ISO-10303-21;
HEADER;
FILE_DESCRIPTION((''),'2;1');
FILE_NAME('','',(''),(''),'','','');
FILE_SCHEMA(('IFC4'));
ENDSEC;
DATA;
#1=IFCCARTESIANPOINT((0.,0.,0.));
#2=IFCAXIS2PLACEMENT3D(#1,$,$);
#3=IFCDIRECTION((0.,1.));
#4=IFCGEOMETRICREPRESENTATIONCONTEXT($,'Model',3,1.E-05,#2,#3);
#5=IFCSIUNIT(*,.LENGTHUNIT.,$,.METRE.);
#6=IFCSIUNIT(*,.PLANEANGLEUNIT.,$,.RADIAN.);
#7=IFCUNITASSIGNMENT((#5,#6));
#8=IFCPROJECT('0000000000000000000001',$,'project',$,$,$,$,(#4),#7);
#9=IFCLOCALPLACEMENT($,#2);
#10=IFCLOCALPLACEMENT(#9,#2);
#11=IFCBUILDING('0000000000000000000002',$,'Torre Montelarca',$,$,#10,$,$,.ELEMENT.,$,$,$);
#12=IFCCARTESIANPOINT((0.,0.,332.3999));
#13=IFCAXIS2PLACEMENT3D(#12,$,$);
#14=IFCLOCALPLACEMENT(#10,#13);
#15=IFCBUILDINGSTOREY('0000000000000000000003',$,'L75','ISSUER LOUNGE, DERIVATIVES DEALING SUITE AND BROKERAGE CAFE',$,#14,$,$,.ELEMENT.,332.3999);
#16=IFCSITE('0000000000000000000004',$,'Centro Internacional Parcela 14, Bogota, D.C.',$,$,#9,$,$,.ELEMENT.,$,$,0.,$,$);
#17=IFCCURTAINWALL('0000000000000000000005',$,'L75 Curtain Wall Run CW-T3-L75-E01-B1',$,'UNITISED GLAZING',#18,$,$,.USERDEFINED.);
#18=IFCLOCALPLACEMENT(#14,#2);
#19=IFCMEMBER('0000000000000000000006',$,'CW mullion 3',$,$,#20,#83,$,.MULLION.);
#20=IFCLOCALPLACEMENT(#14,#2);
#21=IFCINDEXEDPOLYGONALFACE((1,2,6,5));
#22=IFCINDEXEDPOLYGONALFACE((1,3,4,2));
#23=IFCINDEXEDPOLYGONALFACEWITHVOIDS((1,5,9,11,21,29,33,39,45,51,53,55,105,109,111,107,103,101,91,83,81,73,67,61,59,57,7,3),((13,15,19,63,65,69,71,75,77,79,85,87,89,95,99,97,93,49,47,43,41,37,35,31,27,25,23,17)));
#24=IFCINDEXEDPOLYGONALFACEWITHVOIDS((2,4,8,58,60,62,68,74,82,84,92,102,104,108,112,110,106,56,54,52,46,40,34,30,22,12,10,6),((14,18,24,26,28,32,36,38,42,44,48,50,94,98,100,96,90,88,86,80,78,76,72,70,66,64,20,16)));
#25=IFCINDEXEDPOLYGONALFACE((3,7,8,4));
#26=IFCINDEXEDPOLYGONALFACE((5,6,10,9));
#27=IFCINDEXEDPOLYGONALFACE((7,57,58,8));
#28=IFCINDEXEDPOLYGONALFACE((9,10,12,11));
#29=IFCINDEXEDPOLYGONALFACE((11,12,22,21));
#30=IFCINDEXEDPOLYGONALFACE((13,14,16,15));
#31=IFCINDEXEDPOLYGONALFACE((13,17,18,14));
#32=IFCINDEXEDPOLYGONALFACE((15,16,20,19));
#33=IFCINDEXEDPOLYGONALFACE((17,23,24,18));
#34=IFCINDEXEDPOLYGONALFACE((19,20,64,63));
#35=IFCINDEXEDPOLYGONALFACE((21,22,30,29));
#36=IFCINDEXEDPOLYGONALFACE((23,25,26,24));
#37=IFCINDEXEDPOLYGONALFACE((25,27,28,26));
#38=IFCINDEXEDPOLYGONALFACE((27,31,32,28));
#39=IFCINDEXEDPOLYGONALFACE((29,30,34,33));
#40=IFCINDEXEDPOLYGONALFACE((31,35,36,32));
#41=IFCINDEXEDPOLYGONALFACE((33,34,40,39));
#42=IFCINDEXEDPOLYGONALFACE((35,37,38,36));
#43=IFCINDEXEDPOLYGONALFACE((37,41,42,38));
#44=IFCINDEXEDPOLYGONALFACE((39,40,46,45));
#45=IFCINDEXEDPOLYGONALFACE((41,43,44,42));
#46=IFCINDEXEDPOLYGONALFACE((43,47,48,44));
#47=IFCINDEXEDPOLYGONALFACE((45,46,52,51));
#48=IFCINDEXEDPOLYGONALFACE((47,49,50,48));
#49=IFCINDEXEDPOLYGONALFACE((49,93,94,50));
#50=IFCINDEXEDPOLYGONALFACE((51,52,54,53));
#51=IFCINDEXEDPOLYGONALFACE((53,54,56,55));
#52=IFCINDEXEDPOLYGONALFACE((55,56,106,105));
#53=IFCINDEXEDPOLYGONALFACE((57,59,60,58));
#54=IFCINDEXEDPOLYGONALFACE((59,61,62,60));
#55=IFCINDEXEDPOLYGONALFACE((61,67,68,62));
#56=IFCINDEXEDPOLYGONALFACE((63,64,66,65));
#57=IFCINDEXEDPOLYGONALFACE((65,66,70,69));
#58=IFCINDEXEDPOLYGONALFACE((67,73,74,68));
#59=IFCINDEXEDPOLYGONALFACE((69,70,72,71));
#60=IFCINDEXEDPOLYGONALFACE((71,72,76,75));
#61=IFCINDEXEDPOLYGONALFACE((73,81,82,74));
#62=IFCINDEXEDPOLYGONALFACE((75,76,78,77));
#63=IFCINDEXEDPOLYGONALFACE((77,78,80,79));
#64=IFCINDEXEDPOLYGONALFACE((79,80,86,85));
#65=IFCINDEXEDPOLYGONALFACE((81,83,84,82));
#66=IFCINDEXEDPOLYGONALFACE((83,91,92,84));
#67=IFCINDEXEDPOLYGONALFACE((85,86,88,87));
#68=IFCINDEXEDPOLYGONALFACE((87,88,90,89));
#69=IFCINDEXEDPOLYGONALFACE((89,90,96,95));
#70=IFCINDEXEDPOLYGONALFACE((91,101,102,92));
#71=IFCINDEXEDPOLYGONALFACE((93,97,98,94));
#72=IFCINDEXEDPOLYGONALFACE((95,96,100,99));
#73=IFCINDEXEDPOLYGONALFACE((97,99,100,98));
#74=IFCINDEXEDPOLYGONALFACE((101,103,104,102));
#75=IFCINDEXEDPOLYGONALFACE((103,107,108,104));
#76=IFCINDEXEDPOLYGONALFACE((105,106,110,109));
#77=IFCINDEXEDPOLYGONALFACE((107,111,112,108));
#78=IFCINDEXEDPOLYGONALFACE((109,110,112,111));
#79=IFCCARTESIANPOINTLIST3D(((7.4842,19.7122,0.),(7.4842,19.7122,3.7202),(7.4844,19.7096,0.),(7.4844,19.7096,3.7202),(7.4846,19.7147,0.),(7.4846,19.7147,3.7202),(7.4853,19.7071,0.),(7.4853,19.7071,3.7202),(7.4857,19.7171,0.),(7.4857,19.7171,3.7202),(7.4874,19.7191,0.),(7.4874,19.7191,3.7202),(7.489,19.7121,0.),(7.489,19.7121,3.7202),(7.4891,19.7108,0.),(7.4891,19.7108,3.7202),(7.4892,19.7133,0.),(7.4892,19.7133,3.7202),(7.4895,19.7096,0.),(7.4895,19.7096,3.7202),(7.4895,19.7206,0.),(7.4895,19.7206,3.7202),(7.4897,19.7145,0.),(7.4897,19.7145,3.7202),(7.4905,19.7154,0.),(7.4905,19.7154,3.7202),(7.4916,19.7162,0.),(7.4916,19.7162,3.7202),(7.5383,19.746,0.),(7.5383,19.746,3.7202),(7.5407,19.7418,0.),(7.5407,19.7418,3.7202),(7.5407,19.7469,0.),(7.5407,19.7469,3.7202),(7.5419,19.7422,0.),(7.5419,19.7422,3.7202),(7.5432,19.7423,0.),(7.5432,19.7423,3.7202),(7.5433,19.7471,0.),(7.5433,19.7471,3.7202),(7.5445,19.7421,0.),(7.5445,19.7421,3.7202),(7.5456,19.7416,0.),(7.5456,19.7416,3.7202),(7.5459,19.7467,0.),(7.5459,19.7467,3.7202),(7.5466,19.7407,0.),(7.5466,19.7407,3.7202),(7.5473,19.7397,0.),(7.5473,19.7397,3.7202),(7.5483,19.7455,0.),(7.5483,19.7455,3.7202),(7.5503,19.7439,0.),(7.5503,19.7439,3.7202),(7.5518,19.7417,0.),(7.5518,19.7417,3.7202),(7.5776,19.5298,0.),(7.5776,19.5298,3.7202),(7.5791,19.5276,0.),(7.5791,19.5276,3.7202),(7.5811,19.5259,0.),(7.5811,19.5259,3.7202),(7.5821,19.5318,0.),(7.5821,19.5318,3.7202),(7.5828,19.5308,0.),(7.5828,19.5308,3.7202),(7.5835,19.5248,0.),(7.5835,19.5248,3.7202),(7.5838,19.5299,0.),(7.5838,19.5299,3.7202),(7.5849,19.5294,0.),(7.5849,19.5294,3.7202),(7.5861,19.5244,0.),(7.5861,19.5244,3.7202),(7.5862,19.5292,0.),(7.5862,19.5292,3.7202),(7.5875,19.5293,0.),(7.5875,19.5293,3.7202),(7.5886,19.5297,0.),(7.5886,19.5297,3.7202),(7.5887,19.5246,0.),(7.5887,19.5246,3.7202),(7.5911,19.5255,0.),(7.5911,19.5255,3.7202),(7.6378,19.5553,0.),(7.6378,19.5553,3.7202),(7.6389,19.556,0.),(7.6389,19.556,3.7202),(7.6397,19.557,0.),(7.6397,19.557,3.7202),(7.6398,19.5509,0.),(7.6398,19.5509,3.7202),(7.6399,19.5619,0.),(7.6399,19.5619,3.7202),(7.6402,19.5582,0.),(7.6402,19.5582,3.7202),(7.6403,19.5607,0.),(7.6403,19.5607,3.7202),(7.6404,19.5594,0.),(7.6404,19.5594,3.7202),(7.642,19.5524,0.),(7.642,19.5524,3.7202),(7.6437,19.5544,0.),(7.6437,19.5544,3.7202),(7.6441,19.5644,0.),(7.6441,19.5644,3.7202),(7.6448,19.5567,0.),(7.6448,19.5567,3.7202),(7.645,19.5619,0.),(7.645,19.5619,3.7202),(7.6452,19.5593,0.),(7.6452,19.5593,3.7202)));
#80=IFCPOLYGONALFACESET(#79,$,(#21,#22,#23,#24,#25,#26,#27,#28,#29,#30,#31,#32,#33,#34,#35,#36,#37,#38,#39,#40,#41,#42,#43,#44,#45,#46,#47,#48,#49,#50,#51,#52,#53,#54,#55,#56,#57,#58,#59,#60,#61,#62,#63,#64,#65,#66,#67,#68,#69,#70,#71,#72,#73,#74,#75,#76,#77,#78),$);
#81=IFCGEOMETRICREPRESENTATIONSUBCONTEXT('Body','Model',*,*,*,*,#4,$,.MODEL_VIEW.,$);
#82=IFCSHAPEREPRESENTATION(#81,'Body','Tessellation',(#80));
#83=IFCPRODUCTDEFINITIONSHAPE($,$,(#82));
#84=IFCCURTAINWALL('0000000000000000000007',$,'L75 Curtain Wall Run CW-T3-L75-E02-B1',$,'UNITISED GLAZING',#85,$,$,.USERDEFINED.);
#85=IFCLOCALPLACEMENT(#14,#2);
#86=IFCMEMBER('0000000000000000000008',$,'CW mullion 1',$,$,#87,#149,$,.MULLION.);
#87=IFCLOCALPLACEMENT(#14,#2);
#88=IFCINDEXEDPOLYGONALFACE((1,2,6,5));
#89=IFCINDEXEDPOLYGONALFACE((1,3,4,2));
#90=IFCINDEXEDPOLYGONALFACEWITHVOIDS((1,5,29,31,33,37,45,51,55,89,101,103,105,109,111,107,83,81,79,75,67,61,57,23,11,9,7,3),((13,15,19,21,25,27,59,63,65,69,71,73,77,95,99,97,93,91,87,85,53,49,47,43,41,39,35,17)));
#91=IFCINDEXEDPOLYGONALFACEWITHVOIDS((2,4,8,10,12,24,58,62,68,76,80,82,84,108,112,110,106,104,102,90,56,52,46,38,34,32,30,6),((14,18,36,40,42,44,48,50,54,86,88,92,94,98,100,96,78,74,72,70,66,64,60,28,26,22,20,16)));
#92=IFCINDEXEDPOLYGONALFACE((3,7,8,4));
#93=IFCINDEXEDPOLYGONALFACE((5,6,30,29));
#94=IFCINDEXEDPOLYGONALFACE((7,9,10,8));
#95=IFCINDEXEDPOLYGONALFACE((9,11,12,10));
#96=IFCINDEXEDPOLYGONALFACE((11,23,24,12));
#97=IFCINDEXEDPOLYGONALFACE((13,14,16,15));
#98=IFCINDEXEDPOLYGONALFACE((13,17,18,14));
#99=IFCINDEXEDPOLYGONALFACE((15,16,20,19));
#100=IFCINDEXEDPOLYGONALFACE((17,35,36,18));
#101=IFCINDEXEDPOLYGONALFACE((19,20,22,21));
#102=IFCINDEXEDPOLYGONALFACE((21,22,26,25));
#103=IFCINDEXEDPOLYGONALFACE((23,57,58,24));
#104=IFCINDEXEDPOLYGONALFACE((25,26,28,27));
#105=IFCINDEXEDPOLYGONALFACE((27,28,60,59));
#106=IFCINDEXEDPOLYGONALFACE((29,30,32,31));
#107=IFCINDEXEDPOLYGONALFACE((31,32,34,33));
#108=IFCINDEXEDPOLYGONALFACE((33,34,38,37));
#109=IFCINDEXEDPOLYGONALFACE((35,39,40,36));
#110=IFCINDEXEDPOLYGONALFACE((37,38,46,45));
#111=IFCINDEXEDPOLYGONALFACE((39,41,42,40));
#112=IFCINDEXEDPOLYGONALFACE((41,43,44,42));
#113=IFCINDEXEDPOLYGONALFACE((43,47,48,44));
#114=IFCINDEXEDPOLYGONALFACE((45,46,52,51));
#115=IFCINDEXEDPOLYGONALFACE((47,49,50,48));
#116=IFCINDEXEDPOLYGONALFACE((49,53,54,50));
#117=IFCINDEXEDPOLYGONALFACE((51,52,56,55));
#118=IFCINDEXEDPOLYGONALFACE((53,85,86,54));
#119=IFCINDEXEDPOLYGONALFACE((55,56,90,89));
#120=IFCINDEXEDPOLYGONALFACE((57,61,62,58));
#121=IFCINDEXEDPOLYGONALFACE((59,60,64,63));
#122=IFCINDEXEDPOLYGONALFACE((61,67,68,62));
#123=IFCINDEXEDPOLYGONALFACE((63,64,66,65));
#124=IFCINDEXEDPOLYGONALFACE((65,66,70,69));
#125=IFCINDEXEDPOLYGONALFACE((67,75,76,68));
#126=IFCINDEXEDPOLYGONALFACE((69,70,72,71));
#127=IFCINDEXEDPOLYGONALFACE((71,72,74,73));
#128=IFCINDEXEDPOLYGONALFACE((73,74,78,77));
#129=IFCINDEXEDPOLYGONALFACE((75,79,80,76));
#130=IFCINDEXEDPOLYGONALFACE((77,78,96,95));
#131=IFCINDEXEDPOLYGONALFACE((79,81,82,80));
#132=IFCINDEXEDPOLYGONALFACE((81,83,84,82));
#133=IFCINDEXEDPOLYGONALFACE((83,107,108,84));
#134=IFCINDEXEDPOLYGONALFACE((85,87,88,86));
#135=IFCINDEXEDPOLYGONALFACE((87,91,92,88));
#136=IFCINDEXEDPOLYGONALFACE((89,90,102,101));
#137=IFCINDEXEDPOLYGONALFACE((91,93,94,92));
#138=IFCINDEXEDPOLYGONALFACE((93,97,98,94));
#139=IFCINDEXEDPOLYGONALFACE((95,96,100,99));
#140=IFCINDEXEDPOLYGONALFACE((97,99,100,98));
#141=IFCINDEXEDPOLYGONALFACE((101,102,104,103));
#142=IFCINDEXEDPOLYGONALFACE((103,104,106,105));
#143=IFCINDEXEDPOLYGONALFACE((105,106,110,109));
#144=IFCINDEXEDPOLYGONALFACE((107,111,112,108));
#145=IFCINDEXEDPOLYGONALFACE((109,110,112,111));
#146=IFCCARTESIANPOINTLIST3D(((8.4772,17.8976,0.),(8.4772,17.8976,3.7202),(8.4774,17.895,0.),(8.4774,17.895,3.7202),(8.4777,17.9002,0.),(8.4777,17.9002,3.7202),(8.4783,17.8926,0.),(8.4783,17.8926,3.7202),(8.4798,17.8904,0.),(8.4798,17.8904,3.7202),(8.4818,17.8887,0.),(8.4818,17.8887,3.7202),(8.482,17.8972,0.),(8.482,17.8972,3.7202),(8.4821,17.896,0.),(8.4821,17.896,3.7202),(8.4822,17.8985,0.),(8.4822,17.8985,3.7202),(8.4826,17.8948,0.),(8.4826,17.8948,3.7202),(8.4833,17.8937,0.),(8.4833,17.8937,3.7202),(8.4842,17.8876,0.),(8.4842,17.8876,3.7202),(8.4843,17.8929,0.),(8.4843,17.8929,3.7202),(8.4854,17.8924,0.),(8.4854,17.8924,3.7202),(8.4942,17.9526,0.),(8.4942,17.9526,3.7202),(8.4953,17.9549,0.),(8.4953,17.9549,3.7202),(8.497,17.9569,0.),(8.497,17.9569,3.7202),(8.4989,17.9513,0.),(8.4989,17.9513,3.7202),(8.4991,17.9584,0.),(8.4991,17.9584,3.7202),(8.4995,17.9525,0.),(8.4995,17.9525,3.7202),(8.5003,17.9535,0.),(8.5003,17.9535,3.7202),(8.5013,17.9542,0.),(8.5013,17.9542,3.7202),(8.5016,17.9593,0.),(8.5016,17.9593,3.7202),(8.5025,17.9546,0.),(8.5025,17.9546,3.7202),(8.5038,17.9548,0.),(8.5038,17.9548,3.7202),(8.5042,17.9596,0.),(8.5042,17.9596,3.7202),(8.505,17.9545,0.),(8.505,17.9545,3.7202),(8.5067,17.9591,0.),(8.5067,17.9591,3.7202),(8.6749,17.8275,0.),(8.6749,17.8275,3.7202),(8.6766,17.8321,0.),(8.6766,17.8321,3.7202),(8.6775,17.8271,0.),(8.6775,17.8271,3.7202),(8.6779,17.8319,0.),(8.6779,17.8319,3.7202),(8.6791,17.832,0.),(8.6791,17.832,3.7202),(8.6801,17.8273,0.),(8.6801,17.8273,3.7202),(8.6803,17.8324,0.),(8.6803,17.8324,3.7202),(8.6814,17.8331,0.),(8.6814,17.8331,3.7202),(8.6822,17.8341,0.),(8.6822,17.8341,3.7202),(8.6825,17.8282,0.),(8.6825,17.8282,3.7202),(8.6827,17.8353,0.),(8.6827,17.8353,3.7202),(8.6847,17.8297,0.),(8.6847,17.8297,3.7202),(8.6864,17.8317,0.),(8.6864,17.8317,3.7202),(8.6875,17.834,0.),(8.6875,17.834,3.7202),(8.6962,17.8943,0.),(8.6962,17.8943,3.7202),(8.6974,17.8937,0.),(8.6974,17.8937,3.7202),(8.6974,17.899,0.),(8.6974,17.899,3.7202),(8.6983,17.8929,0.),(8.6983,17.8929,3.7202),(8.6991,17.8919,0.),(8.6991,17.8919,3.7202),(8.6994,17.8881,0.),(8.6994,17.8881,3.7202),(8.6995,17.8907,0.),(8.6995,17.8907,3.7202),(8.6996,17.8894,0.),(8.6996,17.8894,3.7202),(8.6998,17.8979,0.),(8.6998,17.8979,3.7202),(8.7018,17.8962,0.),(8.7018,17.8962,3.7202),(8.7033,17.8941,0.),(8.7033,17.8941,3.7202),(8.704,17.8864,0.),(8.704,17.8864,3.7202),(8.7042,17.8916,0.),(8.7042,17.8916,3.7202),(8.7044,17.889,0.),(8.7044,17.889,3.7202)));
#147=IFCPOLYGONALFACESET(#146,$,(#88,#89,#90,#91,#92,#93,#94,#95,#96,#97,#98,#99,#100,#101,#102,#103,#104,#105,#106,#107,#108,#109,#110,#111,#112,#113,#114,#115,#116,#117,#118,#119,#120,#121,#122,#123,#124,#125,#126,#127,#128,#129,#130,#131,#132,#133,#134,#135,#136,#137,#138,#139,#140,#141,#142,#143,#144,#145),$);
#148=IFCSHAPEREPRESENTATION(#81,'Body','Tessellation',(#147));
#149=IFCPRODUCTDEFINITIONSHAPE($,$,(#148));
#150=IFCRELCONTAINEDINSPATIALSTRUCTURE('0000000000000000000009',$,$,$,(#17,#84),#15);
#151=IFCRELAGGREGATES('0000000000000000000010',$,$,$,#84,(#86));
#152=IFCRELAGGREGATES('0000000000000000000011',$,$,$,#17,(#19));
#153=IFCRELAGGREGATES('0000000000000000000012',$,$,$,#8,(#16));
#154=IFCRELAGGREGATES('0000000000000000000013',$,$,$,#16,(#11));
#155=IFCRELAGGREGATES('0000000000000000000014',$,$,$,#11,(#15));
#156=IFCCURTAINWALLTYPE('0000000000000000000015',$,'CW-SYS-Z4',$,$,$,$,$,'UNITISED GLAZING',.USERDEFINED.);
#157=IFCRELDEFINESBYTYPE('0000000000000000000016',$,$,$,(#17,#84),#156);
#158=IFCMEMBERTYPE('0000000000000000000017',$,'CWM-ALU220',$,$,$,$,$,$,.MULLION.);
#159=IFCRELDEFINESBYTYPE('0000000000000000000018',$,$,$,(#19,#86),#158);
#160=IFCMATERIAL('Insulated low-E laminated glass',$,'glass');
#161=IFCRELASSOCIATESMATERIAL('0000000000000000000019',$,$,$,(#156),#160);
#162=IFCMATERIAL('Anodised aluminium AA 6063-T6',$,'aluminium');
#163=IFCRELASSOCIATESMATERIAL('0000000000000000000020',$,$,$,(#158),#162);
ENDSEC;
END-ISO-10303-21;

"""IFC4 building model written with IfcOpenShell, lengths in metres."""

from ifc_helpers import new_model, si_unit, direction, frame, origin, origin_2d, place, context, subcontext, project, spatial, hollow_rectangle, extrude, source, transform, mapped, material, material_profile, profile_set, type_object, element, aggregate, save


model = new_model("IFC4")

# Units and contexts
model_context = context("Model", 3, precision=1e-05, world=origin(), true_north=direction((0.0, 1.0)))
body_context = subcontext(model_context, "Body", "Model", "MODEL_VIEW")
ifc_project = project(units=[si_unit("LENGTHUNIT", "METRE"), si_unit("PLANEANGLEUNIT", "RADIAN")], contexts=[model_context])

# Site, building, storey
site_placement = place(None, origin())
site = spatial("IfcSite", under=ifc_project, at=site_placement, Name="Centro Internacional Parcela 14, Bogota, D.C.", CompositionType="ELEMENT", RefElevation=0.0)
building_placement = place(site_placement, origin())
building = spatial("IfcBuilding", under=site, at=building_placement, Name="Torre Montelarca", CompositionType="ELEMENT")
storey_placement = place(building_placement, frame((0.0, 0.0, 332.3999)))
storey = spatial("IfcBuildingStorey", under=building, at=storey_placement, Name="L75", Description="ISSUER LOUNGE, DERIVATIVES DEALING SUITE AND BROKERAGE CAFE", CompositionType="ELEMENT", Elevation=332.3999)

# Curtain walls, members
ifc_material_1 = material(Name="Insulated low-E laminated glass", Category="glass")
curtain_wall_type = type_object("IfcCurtainWallType", Name="CW-SYS-Z4", ElementType="UNITISED GLAZING", PredefinedType="USERDEFINED", material=ifc_material_1)
curtain_wall_1_placement = place(storey_placement, origin())
curtain_wall_1 = element("IfcCurtainWall", 1, at=curtain_wall_1_placement, inside=storey, type_object=curtain_wall_type, Name="L75 Curtain Wall Run CW-T3-L75-E01-B1", ObjectType="UNITISED GLAZING", PredefinedType="USERDEFINED")
ifc_material_2 = material(Name="Anodised aluminium AA 6063-T6", Category="aluminium")
ifc_material_profile_1 = material_profile(ifc_material_2, hollow_rectangle(XDim=0.075, YDim=0.22, WallThickness=0.0049, InnerFilletRadius=0.0049, OuterFilletRadius=0.01, at=origin_2d()), Name="ALU75X220X5", Category="aluminium")
ifc_profile_set_1 = profile_set([ifc_material_profile_1], Name="Anodised aluminium AA 6063-T6")
member_type_1 = type_object("IfcMemberType", Name="CWM-ALU220", PredefinedType="MULLION", material=ifc_profile_set_1)
shared_shape_1 = source(origin(), body_context, "Body", "SweptSolid", [
    extrude(hollow_rectangle(XDim=0.075, YDim=0.22, WallThickness=0.0049, InnerFilletRadius=0.0049, OuterFilletRadius=0.01, at=origin_2d()), origin(), (0.0, 0.0, 1.0), 3.7202),
])
member_1_placement = place(storey_placement, frame((7.5647, 19.6357, 0.0), z_axis=(0.0, 0.0, 1.0), x_axis=(0.887011, 0.461747, 0.0)))
member_1 = element("IfcMember", 2, at=member_1_placement, type_object=member_type_1, Name="CW mullion 3", PredefinedType="MULLION", context=body_context, shape_type="MappedRepresentation", body=[
    mapped(shared_shape_1, transform((0.0, 0.0, 0.0), scale=1.0)),
])
curtain_wall_2_placement = place(storey_placement, origin())
curtain_wall_2 = element("IfcCurtainWall", 3, at=curtain_wall_2_placement, inside=storey, type_object=curtain_wall_type, Name="L75 Curtain Wall Run CW-T3-L75-E02-B1", ObjectType="UNITISED GLAZING", PredefinedType="USERDEFINED")
member_2_placement = place(storey_placement, frame((8.5908, 17.8933, 0.0), z_axis=(0.0, 0.0, 1.0), x_axis=(0.300698, 0.953719, 0.0)))
member_2 = element("IfcMember", 4, at=member_2_placement, type_object=member_type_1, Name="CW mullion 1", PredefinedType="MULLION", context=body_context, shape_type="MappedRepresentation", body=[
    mapped(shared_shape_1, transform((0.0, 0.0, 0.0), scale=1.0)),
])
aggregate(curtain_wall_2, [member_2])

aggregate(curtain_wall_1, [member_1])

save(model, "model.ifc")
